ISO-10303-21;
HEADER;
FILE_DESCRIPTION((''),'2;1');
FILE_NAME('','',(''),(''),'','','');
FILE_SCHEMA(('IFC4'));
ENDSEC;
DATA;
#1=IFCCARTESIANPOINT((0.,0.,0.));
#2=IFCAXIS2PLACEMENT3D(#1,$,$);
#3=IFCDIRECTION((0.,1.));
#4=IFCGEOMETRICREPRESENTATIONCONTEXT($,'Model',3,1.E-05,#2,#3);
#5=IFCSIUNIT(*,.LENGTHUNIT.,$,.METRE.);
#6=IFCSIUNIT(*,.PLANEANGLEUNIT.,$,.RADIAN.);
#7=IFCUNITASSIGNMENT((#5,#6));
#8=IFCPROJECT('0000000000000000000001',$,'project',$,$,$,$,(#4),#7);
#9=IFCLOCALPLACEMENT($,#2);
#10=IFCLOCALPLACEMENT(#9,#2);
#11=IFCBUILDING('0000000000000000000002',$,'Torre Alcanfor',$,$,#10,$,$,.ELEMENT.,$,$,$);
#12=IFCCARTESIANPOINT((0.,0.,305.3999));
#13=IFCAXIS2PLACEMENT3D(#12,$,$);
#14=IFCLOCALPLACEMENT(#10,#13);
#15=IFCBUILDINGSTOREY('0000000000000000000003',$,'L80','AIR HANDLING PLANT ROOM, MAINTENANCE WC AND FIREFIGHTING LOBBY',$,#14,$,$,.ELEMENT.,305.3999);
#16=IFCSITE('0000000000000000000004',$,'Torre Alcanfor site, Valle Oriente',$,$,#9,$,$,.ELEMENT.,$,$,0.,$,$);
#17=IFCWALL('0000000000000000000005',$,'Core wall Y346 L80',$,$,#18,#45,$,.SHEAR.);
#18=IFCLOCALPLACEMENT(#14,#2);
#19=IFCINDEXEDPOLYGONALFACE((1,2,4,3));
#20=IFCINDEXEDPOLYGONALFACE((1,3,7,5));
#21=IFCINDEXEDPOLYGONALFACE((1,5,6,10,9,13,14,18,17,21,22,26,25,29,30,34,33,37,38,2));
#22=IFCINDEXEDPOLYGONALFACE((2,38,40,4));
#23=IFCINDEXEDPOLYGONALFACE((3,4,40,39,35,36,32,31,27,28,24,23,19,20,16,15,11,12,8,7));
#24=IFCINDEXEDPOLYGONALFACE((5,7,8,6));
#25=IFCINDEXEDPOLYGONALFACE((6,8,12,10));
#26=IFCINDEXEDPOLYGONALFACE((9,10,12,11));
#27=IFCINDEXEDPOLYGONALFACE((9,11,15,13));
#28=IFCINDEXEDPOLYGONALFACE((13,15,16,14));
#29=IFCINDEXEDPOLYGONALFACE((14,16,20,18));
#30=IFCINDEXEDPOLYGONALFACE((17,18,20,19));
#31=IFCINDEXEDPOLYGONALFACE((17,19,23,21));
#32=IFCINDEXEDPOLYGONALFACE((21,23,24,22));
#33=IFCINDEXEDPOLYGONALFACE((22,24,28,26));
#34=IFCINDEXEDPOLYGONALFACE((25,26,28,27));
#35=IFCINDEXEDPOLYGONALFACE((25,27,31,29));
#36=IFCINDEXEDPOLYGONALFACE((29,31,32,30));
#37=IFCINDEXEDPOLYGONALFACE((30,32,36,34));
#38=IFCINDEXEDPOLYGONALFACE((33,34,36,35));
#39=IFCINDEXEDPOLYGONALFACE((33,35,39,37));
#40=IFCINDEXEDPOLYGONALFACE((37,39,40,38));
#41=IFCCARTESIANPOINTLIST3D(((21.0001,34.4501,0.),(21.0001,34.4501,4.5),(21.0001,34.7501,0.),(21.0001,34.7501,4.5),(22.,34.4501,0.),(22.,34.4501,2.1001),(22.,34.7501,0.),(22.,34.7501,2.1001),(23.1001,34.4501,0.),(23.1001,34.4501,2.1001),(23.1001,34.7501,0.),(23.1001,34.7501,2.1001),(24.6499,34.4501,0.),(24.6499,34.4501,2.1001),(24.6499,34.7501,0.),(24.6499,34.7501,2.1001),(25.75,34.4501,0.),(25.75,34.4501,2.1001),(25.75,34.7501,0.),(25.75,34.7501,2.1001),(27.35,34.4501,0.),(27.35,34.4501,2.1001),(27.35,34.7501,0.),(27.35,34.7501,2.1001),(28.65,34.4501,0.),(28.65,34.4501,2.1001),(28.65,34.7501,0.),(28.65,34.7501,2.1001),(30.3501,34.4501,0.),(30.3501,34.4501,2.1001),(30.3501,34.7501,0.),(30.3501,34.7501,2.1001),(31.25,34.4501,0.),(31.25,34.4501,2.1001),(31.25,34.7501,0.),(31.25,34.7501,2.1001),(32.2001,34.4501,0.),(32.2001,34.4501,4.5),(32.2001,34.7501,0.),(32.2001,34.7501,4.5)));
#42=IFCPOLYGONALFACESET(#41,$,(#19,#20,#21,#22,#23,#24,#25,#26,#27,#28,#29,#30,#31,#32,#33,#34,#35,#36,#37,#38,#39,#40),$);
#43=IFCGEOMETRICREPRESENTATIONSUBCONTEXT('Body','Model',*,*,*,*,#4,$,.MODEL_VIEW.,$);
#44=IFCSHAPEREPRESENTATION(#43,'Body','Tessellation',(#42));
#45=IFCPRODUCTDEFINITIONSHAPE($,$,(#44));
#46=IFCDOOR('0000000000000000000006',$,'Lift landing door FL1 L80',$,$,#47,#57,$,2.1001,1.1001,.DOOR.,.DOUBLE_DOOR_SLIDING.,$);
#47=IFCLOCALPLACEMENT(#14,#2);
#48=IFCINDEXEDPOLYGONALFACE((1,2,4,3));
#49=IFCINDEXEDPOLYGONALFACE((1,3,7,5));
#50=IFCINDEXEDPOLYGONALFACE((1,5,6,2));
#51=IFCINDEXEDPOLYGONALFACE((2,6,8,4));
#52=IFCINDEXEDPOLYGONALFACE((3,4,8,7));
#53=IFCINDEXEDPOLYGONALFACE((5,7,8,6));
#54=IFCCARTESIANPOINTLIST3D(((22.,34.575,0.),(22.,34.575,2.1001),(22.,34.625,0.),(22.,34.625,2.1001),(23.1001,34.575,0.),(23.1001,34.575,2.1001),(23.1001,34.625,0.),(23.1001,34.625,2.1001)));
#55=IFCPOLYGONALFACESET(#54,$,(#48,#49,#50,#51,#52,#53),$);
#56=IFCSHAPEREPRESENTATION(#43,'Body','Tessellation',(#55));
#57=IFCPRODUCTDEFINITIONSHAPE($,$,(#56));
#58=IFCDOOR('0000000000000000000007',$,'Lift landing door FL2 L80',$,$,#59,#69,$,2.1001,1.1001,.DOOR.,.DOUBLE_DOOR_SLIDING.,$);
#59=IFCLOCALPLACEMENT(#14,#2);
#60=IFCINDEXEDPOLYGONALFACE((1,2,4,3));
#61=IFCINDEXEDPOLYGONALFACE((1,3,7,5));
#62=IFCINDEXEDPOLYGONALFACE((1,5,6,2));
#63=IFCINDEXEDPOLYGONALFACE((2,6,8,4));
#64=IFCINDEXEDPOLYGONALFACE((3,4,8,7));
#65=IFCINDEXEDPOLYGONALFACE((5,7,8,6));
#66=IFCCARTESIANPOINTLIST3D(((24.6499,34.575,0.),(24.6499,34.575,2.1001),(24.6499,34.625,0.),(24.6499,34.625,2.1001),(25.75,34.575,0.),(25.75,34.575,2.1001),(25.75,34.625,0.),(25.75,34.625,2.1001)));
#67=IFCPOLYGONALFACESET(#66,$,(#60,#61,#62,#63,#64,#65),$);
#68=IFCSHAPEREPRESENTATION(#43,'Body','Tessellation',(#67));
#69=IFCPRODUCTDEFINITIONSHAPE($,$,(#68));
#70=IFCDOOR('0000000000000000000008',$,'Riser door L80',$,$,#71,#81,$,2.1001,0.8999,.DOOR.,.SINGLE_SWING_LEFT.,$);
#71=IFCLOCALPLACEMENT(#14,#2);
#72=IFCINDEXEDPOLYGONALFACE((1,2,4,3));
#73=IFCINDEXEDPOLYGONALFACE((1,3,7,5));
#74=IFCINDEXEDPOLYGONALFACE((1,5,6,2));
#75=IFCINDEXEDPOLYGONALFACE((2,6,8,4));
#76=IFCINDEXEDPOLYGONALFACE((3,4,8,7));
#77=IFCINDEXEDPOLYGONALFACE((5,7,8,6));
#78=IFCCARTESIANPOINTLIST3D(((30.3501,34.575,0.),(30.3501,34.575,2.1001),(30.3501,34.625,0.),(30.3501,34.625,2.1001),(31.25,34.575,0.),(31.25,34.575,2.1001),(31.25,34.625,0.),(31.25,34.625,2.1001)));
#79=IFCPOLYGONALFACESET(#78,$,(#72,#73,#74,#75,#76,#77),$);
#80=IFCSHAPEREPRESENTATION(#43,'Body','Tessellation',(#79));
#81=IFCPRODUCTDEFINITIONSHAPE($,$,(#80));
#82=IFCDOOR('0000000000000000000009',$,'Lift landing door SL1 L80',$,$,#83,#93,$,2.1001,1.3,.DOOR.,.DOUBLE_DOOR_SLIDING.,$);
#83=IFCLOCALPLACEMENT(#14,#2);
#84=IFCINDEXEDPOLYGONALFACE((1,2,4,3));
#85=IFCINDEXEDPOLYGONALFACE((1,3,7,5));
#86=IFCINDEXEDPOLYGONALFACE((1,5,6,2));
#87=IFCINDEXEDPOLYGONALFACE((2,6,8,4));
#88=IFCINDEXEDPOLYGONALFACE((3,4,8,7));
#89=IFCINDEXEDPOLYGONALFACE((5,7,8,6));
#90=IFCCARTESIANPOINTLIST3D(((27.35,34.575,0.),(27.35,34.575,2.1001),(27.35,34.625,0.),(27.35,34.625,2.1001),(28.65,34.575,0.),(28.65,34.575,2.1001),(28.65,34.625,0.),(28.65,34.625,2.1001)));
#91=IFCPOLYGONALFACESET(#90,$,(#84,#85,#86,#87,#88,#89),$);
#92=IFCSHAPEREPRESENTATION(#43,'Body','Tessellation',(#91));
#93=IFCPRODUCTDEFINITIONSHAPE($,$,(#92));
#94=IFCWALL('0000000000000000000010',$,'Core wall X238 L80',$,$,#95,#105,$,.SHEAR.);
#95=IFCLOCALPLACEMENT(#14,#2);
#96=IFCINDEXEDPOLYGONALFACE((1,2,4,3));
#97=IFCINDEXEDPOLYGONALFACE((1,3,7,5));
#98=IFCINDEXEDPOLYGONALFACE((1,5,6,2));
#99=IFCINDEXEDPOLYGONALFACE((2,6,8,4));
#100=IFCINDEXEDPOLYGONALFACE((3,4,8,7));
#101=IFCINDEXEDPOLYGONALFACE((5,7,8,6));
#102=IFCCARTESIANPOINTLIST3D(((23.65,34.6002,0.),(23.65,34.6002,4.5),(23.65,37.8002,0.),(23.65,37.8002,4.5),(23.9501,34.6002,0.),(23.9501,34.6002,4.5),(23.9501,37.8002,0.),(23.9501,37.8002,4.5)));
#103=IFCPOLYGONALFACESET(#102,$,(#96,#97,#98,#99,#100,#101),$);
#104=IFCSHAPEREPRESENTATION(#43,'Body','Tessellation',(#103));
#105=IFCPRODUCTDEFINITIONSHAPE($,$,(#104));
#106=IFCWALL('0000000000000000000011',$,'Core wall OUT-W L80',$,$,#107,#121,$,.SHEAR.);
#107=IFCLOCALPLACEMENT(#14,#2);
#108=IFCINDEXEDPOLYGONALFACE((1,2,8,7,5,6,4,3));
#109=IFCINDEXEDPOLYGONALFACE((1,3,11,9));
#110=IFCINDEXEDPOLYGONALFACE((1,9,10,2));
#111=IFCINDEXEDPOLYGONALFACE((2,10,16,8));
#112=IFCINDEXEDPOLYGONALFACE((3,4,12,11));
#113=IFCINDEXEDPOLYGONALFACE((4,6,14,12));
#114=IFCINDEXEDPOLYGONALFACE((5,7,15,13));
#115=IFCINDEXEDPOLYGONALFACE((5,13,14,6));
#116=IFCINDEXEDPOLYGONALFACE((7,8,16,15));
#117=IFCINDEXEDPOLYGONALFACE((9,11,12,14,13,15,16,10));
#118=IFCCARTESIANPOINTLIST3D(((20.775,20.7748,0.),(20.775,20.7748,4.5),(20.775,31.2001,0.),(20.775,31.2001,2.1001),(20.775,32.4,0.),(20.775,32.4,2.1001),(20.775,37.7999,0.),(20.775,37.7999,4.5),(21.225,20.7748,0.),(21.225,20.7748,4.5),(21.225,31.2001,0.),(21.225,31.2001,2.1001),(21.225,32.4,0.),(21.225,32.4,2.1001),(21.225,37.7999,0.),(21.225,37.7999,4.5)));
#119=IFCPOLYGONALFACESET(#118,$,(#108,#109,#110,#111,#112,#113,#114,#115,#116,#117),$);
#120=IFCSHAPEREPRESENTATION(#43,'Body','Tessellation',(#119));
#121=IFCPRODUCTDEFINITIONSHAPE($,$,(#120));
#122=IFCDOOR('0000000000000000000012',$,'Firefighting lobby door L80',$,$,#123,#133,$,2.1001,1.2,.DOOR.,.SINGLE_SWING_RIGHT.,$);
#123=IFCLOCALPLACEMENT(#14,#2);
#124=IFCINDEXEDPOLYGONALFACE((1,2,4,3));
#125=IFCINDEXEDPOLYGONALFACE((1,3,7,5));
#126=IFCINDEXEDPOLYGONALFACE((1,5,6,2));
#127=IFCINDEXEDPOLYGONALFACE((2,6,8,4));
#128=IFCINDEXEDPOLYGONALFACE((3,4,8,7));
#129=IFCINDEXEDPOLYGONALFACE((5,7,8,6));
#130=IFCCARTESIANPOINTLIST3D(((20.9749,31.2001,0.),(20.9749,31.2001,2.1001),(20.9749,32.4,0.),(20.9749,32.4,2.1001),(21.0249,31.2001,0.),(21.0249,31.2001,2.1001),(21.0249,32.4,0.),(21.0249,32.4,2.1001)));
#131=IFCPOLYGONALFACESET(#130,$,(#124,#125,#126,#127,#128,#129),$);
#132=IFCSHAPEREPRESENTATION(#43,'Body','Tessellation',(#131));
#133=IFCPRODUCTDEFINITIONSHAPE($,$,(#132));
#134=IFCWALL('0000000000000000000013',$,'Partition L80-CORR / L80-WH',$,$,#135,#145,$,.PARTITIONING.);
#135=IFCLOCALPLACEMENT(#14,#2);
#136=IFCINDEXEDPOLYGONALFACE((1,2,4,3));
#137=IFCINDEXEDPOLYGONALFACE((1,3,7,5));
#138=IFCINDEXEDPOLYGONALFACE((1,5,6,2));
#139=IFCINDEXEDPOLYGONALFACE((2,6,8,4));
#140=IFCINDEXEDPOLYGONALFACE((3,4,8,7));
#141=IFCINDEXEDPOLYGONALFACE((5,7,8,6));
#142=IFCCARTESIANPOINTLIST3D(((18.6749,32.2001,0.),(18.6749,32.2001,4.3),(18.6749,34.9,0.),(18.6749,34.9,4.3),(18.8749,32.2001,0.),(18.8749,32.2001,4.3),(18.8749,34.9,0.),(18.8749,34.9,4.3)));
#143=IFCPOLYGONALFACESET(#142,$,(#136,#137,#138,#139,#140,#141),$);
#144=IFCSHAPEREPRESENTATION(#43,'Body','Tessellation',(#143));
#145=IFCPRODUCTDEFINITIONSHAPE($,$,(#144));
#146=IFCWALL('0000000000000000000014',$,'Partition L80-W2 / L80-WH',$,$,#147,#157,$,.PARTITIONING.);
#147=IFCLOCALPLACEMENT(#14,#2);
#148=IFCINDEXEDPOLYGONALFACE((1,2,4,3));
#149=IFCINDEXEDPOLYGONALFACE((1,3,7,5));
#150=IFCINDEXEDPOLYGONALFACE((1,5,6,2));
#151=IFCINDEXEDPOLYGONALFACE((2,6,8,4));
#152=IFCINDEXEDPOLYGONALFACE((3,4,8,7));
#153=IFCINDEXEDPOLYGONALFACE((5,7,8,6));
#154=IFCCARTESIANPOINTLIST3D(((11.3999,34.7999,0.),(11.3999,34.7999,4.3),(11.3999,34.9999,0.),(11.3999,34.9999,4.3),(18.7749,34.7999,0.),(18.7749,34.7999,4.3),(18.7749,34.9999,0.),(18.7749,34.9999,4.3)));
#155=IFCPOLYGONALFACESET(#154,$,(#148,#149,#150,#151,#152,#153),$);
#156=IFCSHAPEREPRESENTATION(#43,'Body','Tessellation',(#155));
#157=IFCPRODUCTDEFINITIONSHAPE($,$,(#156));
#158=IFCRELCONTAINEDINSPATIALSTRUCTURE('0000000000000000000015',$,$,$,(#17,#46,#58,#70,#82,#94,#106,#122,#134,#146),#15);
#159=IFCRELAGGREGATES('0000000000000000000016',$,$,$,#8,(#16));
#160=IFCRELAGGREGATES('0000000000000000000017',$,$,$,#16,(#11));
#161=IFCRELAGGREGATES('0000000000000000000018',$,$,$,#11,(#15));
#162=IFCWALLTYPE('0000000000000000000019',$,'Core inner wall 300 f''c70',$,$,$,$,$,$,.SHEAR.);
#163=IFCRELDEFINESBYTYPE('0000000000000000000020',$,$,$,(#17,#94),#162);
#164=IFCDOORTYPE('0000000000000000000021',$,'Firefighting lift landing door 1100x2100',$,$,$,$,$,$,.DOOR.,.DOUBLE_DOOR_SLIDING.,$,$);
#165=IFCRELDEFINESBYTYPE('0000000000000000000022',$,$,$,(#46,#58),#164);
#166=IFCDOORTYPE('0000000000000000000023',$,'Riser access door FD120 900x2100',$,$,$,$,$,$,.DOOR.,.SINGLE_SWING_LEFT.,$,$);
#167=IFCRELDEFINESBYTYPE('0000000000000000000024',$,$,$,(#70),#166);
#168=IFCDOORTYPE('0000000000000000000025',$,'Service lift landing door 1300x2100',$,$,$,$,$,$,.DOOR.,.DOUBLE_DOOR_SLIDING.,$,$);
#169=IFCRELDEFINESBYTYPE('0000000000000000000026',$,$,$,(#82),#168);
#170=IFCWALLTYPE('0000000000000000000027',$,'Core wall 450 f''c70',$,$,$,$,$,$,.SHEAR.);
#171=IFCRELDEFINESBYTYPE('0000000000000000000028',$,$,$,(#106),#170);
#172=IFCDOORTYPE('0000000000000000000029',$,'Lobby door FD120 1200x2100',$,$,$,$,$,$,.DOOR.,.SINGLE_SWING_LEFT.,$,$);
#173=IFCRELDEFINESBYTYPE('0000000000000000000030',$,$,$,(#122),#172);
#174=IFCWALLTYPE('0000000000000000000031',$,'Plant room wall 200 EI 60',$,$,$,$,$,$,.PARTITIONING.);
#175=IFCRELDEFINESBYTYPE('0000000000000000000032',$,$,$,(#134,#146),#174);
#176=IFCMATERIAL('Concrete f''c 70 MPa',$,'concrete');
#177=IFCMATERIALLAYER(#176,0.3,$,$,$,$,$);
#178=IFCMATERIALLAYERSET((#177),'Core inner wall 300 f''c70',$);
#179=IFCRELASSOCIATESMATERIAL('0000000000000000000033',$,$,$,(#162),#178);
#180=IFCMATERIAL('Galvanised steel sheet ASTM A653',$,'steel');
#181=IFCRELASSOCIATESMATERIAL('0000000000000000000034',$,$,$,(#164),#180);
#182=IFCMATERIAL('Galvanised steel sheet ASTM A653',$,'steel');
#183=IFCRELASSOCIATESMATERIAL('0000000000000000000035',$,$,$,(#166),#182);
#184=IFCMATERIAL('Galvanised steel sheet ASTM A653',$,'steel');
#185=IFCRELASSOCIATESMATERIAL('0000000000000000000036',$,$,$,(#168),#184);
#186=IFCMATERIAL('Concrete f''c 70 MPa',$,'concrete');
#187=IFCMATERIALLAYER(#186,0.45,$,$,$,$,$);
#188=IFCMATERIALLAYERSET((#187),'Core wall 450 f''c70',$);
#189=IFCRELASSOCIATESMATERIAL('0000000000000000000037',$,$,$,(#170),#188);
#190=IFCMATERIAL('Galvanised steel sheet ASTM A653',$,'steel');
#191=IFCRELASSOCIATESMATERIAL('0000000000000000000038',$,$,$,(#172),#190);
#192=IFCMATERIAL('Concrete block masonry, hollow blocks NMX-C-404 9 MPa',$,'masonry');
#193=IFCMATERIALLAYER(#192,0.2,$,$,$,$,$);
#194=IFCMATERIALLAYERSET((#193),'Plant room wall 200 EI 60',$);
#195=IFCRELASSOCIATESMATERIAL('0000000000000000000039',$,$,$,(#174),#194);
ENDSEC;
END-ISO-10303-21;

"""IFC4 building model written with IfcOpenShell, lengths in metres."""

from ifc_helpers import new_model, si_unit, direction, frame, frame_2d, origin, place, context, subcontext, project, spatial, rectangle, extrude, material, layer, layer_set, type_object, element, fill, save


model = new_model("IFC4")

# Units and contexts
model_context = context("Model", 3, precision=1e-05, world=origin(), true_north=direction((0.0, 1.0)))
body_context = subcontext(model_context, "Body", "Model", "MODEL_VIEW")
ifc_project = project(units=[si_unit("LENGTHUNIT", "METRE"), si_unit("PLANEANGLEUNIT", "RADIAN")], contexts=[model_context])

# Site, building, storey
site_placement = place(None, origin())
site = spatial("IfcSite", under=ifc_project, at=site_placement, Name="Torre Alcanfor site, Valle Oriente", CompositionType="ELEMENT", RefElevation=0.0)
building_placement = place(site_placement, origin())
building = spatial("IfcBuilding", under=site, at=building_placement, Name="Torre Alcanfor", CompositionType="ELEMENT")
storey_placement = place(building_placement, frame((0.0, 0.0, 305.3999)))
storey = spatial("IfcBuildingStorey", under=building, at=storey_placement, Name="L80", Description="AIR HANDLING PLANT ROOM, MAINTENANCE WC AND FIREFIGHTING LOBBY", CompositionType="ELEMENT", Elevation=305.3999)

# Shared definitions
ifc_material_1 = material(Name="Concrete f'c 70 MPa", Category="concrete")
ifc_layer_1 = layer(ifc_material_1, 0.3)
ifc_layer_set_1 = layer_set([ifc_layer_1], Name="Core inner wall 300 f'c70")
wall_type_1 = type_object("IfcWallType", Name="Core inner wall 300 f'c70", PredefinedType="SHEAR", material=ifc_layer_set_1)

# Wall, openings, doors
wall_1_placement = place(storey_placement, frame((21.0, 34.6001, 0.0), z_axis=(0.0, 0.0, 1.0), x_axis=(1.0, 0.0, 0.0)))
wall_1 = element("IfcWall", 1, at=wall_1_placement, inside=storey, type_object=wall_type_1, Name="Core wall Y346 L80", PredefinedType="SHEAR", context=body_context, shape_type="SweptSolid", body=[
    extrude(rectangle(XDim=11.2, YDim=0.3, at=frame_2d((5.6001, 0.0))), origin(), (0.0, 0.0, 1.0), 4.5),
])
opening_1_placement = place(wall_1_placement, frame((9.3501, 0.0, 0.0)))
opening_1 = element("IfcOpeningElement", 2, at=opening_1_placement, cuts=wall_1, PredefinedType="OPENING", context=body_context, shape_type="SweptSolid", body=[
    extrude(rectangle(XDim=0.8999, YDim=2.1001, at=frame_2d((0.45, 1.05))), frame((0.0, 0.1599, 0.0), z_axis=(0.0, -1.0, 0.0), x_axis=(1.0, 0.0, 0.0)), (0.0, 0.0, 1.0), 0.3201),
])
opening_2_placement = place(wall_1_placement, frame((1.0, 0.0, 0.0)))
opening_2 = element("IfcOpeningElement", 3, at=opening_2_placement, cuts=wall_1, PredefinedType="OPENING", context=body_context, shape_type="SweptSolid", body=[
    extrude(rectangle(XDim=1.1001, YDim=2.1001, at=frame_2d((0.55, 1.05))), frame((0.0, 0.1599, 0.0), z_axis=(0.0, -1.0, 0.0), x_axis=(1.0, 0.0, 0.0)), (0.0, 0.0, 1.0), 0.3201),
])
opening_3_placement = place(wall_1_placement, frame((3.6499, 0.0, 0.0)))
opening_3 = element("IfcOpeningElement", 4, at=opening_3_placement, cuts=wall_1, PredefinedType="OPENING", context=body_context, shape_type="SweptSolid", body=[
    extrude(rectangle(XDim=1.1001, YDim=2.1001, at=frame_2d((0.55, 1.05))), frame((0.0, 0.1599, 0.0), z_axis=(0.0, -1.0, 0.0), x_axis=(1.0, 0.0, 0.0)), (0.0, 0.0, 1.0), 0.3201),
])
opening_4_placement = place(wall_1_placement, frame((6.3501, 0.0, 0.0)))
opening_4 = element("IfcOpeningElement", 5, at=opening_4_placement, cuts=wall_1, PredefinedType="OPENING", context=body_context, shape_type="SweptSolid", body=[
    extrude(rectangle(XDim=1.3, YDim=2.1001, at=frame_2d((0.6499, 1.05))), frame((0.0, 0.1599, 0.0), z_axis=(0.0, -1.0, 0.0), x_axis=(1.0, 0.0, 0.0)), (0.0, 0.0, 1.0), 0.3201),
])
ifc_material_2 = material(Name="Galvanised steel sheet ASTM A653", Category="steel")
door_type_1 = type_object("IfcDoorType", Name="Firefighting lift landing door 1100x2100", OperationType="DOUBLE_DOOR_SLIDING", PredefinedType="DOOR", material=ifc_material_2)
door_1_placement = place(opening_2_placement, origin())
door_1 = element("IfcDoor", 6, at=door_1_placement, inside=storey, type_object=door_type_1, Name="Lift landing door FL1 L80", OperationType="DOUBLE_DOOR_SLIDING", OverallHeight=2.1001, OverallWidth=1.1001, PredefinedType="DOOR", context=body_context, shape_type="SweptSolid", body=[
    extrude(rectangle(XDim=1.1001, YDim=2.1001, at=frame_2d((0.55, 1.05))), frame((0.0, 0.0249, 0.0), z_axis=(0.0, -1.0, 0.0), x_axis=(1.0, 0.0, 0.0)), (0.0, 0.0, 1.0), 0.05),
])
fill(opening_2, door_1)
door_2_placement = place(opening_3_placement, origin())
door_2 = element("IfcDoor", 7, at=door_2_placement, inside=storey, type_object=door_type_1, Name="Lift landing door FL2 L80", OperationType="DOUBLE_DOOR_SLIDING", OverallHeight=2.1001, OverallWidth=1.1001, PredefinedType="DOOR", context=body_context, shape_type="SweptSolid", body=[
    extrude(rectangle(XDim=1.1001, YDim=2.1001, at=frame_2d((0.55, 1.05))), frame((0.0, 0.0249, 0.0), z_axis=(0.0, -1.0, 0.0), x_axis=(1.0, 0.0, 0.0)), (0.0, 0.0, 1.0), 0.05),
])
fill(opening_3, door_2)
ifc_material_3 = material(Name="Galvanised steel sheet ASTM A653", Category="steel")
door_type_2 = type_object("IfcDoorType", Name="Riser access door FD120 900x2100", OperationType="SINGLE_SWING_LEFT", PredefinedType="DOOR", material=ifc_material_3)
door_3_placement = place(opening_1_placement, origin())
door_3 = element("IfcDoor", 8, at=door_3_placement, inside=storey, type_object=door_type_2, Name="Riser door L80", OperationType="SINGLE_SWING_LEFT", OverallHeight=2.1001, OverallWidth=0.8999, PredefinedType="DOOR", context=body_context, shape_type="SweptSolid", body=[
    extrude(rectangle(XDim=0.8999, YDim=2.1001, at=frame_2d((0.45, 1.05))), frame((0.0, 0.0249, 0.0), z_axis=(0.0, -1.0, 0.0), x_axis=(1.0, 0.0, 0.0)), (0.0, 0.0, 1.0), 0.05),
])
fill(opening_1, door_3)
ifc_material_4 = material(Name="Galvanised steel sheet ASTM A653", Category="steel")
door_type_3 = type_object("IfcDoorType", Name="Service lift landing door 1300x2100", OperationType="DOUBLE_DOOR_SLIDING", PredefinedType="DOOR", material=ifc_material_4)
door_4_placement = place(opening_4_placement, origin())
door_4 = element("IfcDoor", 9, at=door_4_placement, inside=storey, type_object=door_type_3, Name="Lift landing door SL1 L80", OperationType="DOUBLE_DOOR_SLIDING", OverallHeight=2.1001, OverallWidth=1.3, PredefinedType="DOOR", context=body_context, shape_type="SweptSolid", body=[
    extrude(rectangle(XDim=1.3, YDim=2.1001, at=frame_2d((0.6499, 1.05))), frame((0.0, 0.0249, 0.0), z_axis=(0.0, -1.0, 0.0), x_axis=(1.0, 0.0, 0.0)), (0.0, 0.0, 1.0), 0.05),
])
fill(opening_4, door_4)

# Wall
wall_2_placement = place(storey_placement, frame((23.8, 34.6001, 0.0), z_axis=(0.0, 0.0, 1.0), x_axis=(0.0, 1.0, 0.0)))
element("IfcWall", 10, at=wall_2_placement, inside=storey, type_object=wall_type_1, Name="Core wall X238 L80", PredefinedType="SHEAR", context=body_context, shape_type="SweptSolid", body=[
    extrude(rectangle(XDim=3.2, YDim=0.3, at=frame_2d((1.6001, 0.0))), origin(), (0.0, 0.0, 1.0), 4.5),
])

# Wall, opening, door
ifc_material_5 = material(Name="Concrete f'c 70 MPa", Category="concrete")
ifc_layer_2 = layer(ifc_material_5, 0.45)
ifc_layer_set_2 = layer_set([ifc_layer_2], Name="Core wall 450 f'c70")
wall_type_2 = type_object("IfcWallType", Name="Core wall 450 f'c70", PredefinedType="SHEAR", material=ifc_layer_set_2)
wall_3_placement = place(storey_placement, frame((21.0, 37.8, 0.0), z_axis=(0.0, 0.0, 1.0), x_axis=(0.0, -1.0, 0.0)))
wall_3 = element("IfcWall", 11, at=wall_3_placement, inside=storey, type_object=wall_type_2, Name="Core wall OUT-W L80", PredefinedType="SHEAR", context=body_context, shape_type="SweptSolid", body=[
    extrude(rectangle(XDim=17.0251, YDim=0.45, at=frame_2d((8.5127, 0.0))), origin(), (0.0, 0.0, 1.0), 4.5),
])
opening_5_placement = place(wall_3_placement, frame((5.3999, 0.0, 0.0)))
opening_5 = element("IfcOpeningElement", 12, at=opening_5_placement, cuts=wall_3, PredefinedType="OPENING", context=body_context, shape_type="SweptSolid", body=[
    extrude(rectangle(XDim=1.2, YDim=2.1001, at=frame_2d((0.6001, 1.05))), frame((0.0, 0.2349, 0.0), z_axis=(0.0, -1.0, 0.0), x_axis=(1.0, 0.0, 0.0)), (0.0, 0.0, 1.0), 0.47),
])
ifc_material_6 = material(Name="Galvanised steel sheet ASTM A653", Category="steel")
door_type_4 = type_object("IfcDoorType", Name="Lobby door FD120 1200x2100", OperationType="SINGLE_SWING_LEFT", PredefinedType="DOOR", material=ifc_material_6)
door_5_placement = place(opening_5_placement, origin())
door_5 = element("IfcDoor", 13, at=door_5_placement, inside=storey, type_object=door_type_4, Name="Firefighting lobby door L80", OperationType="SINGLE_SWING_RIGHT", OverallHeight=2.1001, OverallWidth=1.2, PredefinedType="DOOR", context=body_context, shape_type="SweptSolid", body=[
    extrude(rectangle(XDim=1.2, YDim=2.1001, at=frame_2d((0.6001, 1.05))), frame((0.0, 0.0249, 0.0), z_axis=(0.0, -1.0, 0.0), x_axis=(1.0, 0.0, 0.0)), (0.0, 0.0, 1.0), 0.05),
])
fill(opening_5, door_5)
ifc_material_7 = material(Name="Concrete block masonry, hollow blocks NMX-C-404 9 MPa", Category="masonry")
ifc_layer_3 = layer(ifc_material_7, 0.2)
ifc_layer_set_3 = layer_set([ifc_layer_3], Name="Plant room wall 200 EI 60")
wall_type_3 = type_object("IfcWallType", Name="Plant room wall 200 EI 60", PredefinedType="PARTITIONING", material=ifc_layer_set_3)

# Walls
wall_4_placement = place(storey_placement, frame((18.7749, 32.2, 0.0), z_axis=(0.0, 0.0, 1.0), x_axis=(0.0, 1.0, 0.0)))
element("IfcWall", 14, at=wall_4_placement, inside=storey, type_object=wall_type_3, Name="Partition L80-CORR / L80-WH", PredefinedType="PARTITIONING", context=body_context, shape_type="SweptSolid", body=[
    extrude(rectangle(XDim=2.7, YDim=0.2, at=frame_2d((1.3501, 0.0))), origin(), (0.0, 0.0, 1.0), 4.3),
])
wall_5_placement = place(storey_placement, frame((18.7749, 34.8999, 0.0), z_axis=(0.0, 0.0, 1.0), x_axis=(-1.0, 0.0, 0.0)))
element("IfcWall", 15, at=wall_5_placement, inside=storey, type_object=wall_type_3, Name="Partition L80-W2 / L80-WH", PredefinedType="PARTITIONING", context=body_context, shape_type="SweptSolid", body=[
    extrude(rectangle(XDim=7.375, YDim=0.2, at=frame_2d((3.6875, 0.0))), origin(), (0.0, 0.0, 1.0), 4.3),
])

save(model, "model.ifc")
